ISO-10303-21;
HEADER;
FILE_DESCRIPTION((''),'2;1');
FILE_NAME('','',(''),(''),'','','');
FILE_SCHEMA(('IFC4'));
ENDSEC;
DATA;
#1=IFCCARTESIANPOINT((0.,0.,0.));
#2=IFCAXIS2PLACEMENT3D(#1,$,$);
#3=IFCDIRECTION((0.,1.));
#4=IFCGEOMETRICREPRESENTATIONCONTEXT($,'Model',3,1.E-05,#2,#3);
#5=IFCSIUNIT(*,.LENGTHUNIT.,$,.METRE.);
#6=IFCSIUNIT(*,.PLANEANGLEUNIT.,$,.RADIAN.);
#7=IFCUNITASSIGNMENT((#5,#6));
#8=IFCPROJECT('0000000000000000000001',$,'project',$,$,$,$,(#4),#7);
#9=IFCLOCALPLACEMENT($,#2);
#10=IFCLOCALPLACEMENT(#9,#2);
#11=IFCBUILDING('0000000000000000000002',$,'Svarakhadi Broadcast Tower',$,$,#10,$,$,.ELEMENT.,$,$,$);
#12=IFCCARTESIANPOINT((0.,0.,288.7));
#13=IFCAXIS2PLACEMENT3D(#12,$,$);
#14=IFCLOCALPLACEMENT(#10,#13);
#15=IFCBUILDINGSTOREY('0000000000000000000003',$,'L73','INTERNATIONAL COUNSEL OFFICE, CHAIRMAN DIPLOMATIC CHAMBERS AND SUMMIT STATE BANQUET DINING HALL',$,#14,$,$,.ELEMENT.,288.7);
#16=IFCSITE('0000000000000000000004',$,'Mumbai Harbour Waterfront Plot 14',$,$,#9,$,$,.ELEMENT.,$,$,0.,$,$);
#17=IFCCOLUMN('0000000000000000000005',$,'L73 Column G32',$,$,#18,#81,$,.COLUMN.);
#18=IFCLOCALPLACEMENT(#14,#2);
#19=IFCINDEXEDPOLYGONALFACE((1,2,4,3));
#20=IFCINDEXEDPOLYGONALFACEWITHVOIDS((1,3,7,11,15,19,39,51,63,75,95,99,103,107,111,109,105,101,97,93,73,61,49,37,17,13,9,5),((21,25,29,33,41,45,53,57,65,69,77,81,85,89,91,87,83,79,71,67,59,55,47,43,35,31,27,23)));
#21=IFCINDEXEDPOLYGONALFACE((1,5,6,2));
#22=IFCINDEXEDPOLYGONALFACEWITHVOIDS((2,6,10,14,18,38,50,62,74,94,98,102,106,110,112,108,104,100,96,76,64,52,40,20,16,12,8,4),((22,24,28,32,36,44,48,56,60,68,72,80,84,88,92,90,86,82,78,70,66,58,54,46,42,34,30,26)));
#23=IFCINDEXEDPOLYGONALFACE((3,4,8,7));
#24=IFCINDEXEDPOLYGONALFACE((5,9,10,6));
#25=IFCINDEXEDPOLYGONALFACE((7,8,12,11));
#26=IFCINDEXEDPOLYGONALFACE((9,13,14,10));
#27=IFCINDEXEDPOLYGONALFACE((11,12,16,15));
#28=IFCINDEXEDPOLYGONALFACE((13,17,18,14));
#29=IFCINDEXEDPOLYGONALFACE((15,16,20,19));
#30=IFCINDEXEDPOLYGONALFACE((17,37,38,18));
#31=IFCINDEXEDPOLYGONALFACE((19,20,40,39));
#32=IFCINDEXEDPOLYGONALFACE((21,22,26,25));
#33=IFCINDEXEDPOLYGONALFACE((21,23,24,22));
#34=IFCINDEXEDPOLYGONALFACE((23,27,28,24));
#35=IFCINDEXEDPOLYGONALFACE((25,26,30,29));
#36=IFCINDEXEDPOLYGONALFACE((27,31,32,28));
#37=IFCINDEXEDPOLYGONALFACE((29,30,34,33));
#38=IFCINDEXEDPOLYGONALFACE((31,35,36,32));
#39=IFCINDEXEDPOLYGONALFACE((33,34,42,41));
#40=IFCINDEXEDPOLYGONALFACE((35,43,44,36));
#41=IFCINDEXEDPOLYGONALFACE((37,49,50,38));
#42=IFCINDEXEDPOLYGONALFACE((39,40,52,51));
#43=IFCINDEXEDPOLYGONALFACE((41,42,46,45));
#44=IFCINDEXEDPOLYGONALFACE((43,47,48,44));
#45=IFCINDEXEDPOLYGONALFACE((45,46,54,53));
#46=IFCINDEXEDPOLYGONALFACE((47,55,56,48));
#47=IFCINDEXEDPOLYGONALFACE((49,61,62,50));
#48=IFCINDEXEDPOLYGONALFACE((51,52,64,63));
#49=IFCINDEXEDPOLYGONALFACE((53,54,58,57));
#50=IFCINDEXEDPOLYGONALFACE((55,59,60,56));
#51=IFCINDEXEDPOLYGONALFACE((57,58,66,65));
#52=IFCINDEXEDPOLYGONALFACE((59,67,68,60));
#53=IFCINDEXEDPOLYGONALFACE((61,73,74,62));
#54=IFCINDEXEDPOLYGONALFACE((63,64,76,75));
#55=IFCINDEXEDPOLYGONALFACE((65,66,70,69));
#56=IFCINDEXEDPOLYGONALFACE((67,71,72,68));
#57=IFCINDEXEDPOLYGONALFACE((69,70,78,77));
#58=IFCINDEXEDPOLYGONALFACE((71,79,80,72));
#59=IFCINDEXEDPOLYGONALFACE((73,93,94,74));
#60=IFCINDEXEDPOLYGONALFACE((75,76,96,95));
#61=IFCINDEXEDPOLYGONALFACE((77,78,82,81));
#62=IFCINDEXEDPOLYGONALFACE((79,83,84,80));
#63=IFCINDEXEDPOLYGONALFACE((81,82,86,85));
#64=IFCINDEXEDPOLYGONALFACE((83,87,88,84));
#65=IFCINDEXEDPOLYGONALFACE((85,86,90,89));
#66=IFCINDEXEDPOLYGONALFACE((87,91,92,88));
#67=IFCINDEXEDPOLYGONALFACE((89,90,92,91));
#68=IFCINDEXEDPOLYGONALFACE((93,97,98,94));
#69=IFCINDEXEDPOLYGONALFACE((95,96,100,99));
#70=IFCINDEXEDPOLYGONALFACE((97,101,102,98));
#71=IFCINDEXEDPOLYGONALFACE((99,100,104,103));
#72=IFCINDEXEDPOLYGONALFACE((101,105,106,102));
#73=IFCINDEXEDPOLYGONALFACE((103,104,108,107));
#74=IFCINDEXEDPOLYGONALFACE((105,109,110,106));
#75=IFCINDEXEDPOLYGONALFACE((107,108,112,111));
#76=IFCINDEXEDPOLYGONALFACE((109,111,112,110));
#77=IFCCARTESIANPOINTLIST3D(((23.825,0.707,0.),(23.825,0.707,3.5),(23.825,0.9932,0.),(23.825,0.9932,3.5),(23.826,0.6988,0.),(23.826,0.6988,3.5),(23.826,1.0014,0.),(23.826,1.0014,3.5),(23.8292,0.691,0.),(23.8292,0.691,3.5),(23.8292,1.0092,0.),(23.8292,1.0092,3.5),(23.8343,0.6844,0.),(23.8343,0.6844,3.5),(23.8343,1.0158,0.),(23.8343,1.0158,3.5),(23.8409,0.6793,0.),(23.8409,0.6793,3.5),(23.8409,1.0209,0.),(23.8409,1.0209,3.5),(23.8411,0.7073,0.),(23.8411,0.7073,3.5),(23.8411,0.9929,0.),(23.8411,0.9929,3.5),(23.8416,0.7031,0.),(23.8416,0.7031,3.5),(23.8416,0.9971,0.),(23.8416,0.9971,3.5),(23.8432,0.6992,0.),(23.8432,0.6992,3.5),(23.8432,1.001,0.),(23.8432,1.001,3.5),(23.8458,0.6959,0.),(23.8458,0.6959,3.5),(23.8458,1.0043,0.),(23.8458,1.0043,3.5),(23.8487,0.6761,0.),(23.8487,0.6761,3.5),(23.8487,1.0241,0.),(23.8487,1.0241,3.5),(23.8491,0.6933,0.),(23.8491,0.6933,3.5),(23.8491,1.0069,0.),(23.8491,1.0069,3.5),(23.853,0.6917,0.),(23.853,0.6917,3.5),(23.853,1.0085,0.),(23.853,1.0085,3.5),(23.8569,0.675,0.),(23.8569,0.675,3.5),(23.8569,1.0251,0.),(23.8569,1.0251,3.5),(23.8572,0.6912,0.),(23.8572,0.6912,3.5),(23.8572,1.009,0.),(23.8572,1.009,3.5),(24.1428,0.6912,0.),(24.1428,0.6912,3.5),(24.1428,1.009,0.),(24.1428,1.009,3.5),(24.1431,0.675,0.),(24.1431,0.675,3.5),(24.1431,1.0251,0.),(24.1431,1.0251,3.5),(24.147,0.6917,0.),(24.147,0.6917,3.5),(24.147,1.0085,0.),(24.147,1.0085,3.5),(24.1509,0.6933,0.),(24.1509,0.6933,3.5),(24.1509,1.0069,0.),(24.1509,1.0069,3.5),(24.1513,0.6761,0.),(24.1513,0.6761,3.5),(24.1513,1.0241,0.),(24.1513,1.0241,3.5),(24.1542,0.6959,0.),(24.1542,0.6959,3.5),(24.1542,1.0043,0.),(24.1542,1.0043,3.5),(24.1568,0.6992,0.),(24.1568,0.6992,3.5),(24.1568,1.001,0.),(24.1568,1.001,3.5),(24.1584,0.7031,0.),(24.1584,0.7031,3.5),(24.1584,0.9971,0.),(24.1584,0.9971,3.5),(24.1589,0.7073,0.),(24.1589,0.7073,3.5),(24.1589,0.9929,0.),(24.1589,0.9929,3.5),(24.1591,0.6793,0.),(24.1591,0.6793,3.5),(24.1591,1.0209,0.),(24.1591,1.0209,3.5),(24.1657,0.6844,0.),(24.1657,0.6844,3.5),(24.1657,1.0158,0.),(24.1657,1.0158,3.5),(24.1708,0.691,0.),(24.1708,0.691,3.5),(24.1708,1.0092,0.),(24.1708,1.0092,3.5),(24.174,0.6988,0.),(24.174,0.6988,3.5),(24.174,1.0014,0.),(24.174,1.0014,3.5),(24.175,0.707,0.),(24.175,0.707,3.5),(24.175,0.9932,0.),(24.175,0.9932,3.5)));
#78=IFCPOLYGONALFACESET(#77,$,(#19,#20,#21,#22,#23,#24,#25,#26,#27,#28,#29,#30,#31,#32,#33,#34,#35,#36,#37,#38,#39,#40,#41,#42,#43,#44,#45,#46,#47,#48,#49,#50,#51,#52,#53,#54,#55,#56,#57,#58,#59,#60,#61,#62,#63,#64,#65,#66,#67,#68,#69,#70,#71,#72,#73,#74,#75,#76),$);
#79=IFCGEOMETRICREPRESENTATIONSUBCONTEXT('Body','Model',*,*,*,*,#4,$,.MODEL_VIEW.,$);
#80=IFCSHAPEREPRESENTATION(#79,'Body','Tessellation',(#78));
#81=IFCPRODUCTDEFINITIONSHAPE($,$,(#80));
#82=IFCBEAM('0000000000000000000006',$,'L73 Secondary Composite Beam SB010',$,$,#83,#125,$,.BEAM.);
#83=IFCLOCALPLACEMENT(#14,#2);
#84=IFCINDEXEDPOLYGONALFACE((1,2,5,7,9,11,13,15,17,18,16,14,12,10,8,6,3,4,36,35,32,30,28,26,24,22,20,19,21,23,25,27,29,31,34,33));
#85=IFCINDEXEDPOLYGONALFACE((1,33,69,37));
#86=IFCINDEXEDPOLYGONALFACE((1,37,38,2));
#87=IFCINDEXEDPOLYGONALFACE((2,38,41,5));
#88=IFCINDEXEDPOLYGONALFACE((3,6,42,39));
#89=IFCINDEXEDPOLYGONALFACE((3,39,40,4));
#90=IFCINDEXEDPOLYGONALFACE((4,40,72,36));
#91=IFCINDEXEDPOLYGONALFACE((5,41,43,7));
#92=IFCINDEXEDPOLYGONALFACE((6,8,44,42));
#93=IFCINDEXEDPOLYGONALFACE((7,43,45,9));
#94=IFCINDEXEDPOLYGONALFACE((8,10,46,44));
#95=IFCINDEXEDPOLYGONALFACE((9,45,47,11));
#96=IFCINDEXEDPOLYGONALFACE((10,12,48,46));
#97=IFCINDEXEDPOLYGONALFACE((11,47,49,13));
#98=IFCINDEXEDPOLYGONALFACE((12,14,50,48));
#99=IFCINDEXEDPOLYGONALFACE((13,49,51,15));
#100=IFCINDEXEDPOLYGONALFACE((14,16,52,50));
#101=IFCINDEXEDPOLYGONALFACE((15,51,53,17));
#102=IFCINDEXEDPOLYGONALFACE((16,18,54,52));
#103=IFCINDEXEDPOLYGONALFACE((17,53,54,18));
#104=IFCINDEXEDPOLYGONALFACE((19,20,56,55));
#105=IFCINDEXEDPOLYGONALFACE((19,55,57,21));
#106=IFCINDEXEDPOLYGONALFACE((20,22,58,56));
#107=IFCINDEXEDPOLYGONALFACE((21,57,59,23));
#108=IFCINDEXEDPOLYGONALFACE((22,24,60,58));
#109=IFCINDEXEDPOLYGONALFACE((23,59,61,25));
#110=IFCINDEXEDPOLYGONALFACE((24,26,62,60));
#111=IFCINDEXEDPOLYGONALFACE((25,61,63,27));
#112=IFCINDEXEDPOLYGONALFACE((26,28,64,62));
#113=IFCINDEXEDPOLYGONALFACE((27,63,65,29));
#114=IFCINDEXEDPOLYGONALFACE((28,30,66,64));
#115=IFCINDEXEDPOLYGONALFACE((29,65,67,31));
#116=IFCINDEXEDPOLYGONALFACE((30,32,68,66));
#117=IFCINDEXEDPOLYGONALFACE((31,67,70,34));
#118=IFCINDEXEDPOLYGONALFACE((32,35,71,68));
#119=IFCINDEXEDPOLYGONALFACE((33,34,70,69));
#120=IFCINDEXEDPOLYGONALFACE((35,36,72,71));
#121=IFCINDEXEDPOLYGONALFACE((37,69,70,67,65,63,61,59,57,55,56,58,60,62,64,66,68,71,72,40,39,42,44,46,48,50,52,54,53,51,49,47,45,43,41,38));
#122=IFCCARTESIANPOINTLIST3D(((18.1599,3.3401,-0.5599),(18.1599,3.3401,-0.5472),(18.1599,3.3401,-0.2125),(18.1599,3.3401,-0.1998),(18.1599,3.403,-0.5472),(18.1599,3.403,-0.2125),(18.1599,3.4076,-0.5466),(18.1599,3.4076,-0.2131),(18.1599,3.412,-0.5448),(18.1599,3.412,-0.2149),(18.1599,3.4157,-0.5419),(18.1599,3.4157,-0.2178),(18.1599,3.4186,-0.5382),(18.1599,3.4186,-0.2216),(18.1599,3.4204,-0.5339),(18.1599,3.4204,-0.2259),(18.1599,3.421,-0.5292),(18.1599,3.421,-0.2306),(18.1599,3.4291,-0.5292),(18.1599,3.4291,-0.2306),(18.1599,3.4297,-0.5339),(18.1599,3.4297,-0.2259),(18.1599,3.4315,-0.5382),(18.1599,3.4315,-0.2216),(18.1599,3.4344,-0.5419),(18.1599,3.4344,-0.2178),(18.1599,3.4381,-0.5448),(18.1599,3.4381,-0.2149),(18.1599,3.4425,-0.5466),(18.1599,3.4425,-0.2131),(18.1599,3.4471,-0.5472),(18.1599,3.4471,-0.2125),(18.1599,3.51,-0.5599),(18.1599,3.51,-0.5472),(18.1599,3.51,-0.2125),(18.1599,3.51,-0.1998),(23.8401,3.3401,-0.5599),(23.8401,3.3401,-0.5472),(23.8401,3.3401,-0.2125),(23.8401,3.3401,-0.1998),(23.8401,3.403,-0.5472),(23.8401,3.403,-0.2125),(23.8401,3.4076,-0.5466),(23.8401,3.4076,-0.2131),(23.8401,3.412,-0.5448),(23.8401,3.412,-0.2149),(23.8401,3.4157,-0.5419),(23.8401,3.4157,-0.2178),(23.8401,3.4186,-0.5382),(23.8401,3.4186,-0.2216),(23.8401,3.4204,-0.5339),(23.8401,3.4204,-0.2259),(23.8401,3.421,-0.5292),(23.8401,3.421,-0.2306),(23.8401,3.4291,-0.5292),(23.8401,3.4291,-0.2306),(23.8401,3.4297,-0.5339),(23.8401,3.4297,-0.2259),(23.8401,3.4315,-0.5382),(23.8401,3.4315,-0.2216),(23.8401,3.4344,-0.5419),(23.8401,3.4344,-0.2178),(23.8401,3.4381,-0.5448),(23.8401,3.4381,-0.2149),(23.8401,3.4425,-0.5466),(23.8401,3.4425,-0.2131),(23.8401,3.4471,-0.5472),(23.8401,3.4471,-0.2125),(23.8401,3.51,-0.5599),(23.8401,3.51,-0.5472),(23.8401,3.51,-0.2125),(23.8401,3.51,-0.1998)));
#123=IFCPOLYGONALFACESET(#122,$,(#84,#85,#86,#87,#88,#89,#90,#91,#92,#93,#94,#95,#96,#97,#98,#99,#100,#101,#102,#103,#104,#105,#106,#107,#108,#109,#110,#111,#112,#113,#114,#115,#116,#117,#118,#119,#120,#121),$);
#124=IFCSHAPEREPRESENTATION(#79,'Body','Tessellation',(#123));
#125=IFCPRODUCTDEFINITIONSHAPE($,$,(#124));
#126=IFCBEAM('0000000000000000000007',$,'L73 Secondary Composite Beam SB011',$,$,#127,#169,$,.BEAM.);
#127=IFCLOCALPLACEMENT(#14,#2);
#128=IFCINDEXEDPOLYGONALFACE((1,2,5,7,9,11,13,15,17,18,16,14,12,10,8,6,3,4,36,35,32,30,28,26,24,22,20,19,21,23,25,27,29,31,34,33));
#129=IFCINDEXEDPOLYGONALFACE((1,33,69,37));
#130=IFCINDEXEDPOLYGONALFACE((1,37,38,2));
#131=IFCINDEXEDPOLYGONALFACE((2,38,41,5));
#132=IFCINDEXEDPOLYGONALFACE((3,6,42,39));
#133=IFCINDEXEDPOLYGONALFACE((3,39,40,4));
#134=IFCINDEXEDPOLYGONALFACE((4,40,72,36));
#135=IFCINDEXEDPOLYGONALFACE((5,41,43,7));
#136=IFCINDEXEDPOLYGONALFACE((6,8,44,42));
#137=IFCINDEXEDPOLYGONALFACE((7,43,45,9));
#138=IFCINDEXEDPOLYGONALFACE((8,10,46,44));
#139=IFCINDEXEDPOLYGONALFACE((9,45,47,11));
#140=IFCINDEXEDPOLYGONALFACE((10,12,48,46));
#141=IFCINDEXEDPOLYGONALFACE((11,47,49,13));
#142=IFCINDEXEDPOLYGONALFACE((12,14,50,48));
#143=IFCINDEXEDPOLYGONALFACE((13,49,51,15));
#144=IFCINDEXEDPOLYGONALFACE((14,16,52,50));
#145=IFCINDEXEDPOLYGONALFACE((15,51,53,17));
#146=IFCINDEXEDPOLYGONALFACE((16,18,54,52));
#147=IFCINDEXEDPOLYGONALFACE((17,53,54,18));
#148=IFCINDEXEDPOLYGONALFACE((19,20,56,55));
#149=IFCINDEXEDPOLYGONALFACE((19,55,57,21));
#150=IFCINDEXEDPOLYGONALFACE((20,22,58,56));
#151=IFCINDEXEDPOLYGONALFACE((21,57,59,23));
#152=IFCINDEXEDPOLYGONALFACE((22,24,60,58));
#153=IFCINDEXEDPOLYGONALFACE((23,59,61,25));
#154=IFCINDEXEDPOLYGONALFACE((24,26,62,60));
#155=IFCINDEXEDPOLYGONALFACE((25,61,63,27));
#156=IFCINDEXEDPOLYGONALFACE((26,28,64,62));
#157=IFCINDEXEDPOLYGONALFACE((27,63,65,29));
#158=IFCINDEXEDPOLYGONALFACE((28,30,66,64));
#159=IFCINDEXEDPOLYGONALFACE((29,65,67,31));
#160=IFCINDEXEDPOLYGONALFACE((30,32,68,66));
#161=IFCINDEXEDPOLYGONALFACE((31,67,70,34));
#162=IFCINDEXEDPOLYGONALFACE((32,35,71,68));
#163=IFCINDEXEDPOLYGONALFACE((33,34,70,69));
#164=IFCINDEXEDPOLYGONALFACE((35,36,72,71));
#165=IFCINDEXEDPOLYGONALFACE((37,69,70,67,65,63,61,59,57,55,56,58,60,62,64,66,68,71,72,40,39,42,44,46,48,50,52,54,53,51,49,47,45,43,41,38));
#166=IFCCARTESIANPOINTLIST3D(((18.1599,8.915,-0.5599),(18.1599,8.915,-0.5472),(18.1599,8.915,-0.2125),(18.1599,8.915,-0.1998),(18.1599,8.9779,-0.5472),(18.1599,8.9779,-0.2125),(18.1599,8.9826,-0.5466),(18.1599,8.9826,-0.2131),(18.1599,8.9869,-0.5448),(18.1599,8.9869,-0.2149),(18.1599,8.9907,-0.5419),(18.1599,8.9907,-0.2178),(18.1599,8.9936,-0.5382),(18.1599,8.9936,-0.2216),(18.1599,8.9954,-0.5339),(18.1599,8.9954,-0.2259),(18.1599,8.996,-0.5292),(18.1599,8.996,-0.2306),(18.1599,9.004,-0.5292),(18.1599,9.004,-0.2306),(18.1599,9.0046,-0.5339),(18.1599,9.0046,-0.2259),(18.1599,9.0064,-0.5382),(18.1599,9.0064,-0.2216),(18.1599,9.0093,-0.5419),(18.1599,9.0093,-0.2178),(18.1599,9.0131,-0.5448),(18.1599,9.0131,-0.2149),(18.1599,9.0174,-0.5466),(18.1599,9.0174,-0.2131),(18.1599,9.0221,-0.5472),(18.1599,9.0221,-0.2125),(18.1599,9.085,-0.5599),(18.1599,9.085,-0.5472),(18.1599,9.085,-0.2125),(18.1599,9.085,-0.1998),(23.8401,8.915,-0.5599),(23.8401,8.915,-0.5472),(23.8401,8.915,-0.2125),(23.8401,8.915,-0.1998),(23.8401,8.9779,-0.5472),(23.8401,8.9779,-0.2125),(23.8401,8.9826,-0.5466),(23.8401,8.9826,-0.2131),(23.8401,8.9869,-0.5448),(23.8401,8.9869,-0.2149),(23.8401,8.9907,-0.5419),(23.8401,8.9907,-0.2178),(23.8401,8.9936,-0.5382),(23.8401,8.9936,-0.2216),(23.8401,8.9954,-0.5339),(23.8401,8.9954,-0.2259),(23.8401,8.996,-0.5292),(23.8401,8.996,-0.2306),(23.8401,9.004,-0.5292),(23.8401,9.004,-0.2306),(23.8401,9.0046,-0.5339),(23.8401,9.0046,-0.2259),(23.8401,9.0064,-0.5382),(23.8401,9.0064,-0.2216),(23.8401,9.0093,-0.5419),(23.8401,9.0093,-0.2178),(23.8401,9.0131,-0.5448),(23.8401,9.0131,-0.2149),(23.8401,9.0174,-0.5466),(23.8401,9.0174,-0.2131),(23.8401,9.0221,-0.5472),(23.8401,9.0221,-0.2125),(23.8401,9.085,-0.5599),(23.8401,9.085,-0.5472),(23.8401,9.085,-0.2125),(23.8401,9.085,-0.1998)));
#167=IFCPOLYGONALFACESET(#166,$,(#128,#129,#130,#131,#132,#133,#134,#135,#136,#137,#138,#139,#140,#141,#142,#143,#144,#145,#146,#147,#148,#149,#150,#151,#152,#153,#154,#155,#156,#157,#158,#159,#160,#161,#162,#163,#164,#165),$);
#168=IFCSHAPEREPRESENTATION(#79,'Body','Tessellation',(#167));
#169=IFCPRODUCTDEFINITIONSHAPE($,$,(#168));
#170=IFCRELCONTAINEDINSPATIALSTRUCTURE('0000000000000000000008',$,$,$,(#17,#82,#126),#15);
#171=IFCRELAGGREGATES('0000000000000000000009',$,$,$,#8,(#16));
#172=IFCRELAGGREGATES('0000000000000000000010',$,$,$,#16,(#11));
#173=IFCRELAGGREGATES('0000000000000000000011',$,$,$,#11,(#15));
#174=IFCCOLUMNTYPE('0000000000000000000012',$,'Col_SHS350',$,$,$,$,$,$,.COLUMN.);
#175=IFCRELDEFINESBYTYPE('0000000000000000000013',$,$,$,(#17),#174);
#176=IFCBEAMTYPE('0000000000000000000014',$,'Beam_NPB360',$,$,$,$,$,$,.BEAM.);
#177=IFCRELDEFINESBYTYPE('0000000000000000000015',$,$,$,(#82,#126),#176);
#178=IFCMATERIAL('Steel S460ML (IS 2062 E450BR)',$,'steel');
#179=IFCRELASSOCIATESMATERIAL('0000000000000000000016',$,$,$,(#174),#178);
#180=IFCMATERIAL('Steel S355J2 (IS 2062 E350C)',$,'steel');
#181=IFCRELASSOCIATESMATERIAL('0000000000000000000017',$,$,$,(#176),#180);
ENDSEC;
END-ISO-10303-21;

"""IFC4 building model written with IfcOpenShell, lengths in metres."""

from ifc_helpers import new_model, si_unit, direction, frame, origin, origin_2d, place, context, subcontext, project, spatial, hollow_rectangle, i_section, extrude, material, material_profile, profile_set, type_object, element, save


model = new_model("IFC4")

# Units and contexts
model_context = context("Model", 3, precision=1e-05, world=origin(), true_north=direction((0.0, 1.0)))
body_context = subcontext(model_context, "Body", "Model", "MODEL_VIEW")
ifc_project = project(units=[si_unit("LENGTHUNIT", "METRE"), si_unit("PLANEANGLEUNIT", "RADIAN")], contexts=[model_context])

# Site, building, storey
site_placement = place(None, origin())
site = spatial("IfcSite", under=ifc_project, at=site_placement, Name="Mumbai Harbour Waterfront Plot 14", CompositionType="ELEMENT", RefElevation=0.0)
building_placement = place(site_placement, origin())
building = spatial("IfcBuilding", under=site, at=building_placement, Name="Svarakhadi Broadcast Tower", CompositionType="ELEMENT")
storey_placement = place(building_placement, frame((0.0, 0.0, 288.7)))
storey = spatial("IfcBuildingStorey", under=building, at=storey_placement, Name="L73", Description="INTERNATIONAL COUNSEL OFFICE, CHAIRMAN DIPLOMATIC CHAMBERS AND SUMMIT STATE BANQUET DINING HALL", CompositionType="ELEMENT", Elevation=288.7)

# Column
ifc_material_1 = material(Name="Steel S460ML (IS 2062 E450BR)", Category="steel")
ifc_material_profile_1 = material_profile(ifc_material_1, hollow_rectangle(XDim=0.3501, YDim=0.3501, WallThickness=0.0161, InnerFilletRadius=0.0161, OuterFilletRadius=0.032, at=origin_2d()), Name="SHS 350x350x16")
ifc_profile_set_1 = profile_set([ifc_material_profile_1], Name="Steel S460ML (IS 2062 E450BR)")
column_type_1 = type_object("IfcColumnType", Name="Col_SHS350", PredefinedType="COLUMN", material=ifc_profile_set_1)
for number, where, z_axis, x_axis, name in (
    (1, (24.0, 0.8501, 0.0), (0.0, 0.0, 1.0), (1.0, 0.0, 0.0), "L73 Column G32"),
):
    element("IfcColumn", number, at=place(storey_placement, frame(where, z_axis=z_axis, x_axis=x_axis)), inside=storey, type_object=column_type_1, Name=name, PredefinedType="COLUMN", context=body_context, shape_type="SweptSolid", body=[
        extrude(hollow_rectangle(XDim=0.3501, YDim=0.3501, WallThickness=0.0161, InnerFilletRadius=0.0161, OuterFilletRadius=0.032, at=origin_2d()), origin(), (0.0, 0.0, 1.0), 3.5),
    ])

# Beams
ifc_material_2 = material(Name="Steel S355J2 (IS 2062 E350C)", Category="steel")
ifc_material_profile_2 = material_profile(ifc_material_2, i_section(OverallWidth=0.1699, OverallDepth=0.3601, WebThickness=0.0081, FlangeThickness=0.0127, FilletRadius=0.0181, at=origin_2d()), Name="NPB 360x170x57")
ifc_profile_set_2 = profile_set([ifc_material_profile_2], Name="Steel S355J2 (IS 2062 E350C)")
beam_type_1 = type_object("IfcBeamType", Name="Beam_NPB360", PredefinedType="BEAM", material=ifc_profile_set_2)
for number, where, z_axis, x_axis, name in (
    (2, (18.1599, 3.425, -0.3799), (1.0, 0.0, 0.0), (0.0, 1.0, 0.0), "L73 Secondary Composite Beam SB010"),
    (3, (18.1599, 9.0, -0.3799), (1.0, 0.0, 0.0), (0.0, 1.0, 0.0), "L73 Secondary Composite Beam SB011"),
):
    element("IfcBeam", number, at=place(storey_placement, frame(where, z_axis=z_axis, x_axis=x_axis)), inside=storey, type_object=beam_type_1, Name=name, PredefinedType="BEAM", context=body_context, shape_type="SweptSolid", body=[
        extrude(i_section(OverallWidth=0.1699, OverallDepth=0.3601, WebThickness=0.0081, FlangeThickness=0.0127, FilletRadius=0.0181, at=origin_2d()), origin(), (0.0, 0.0, 1.0), 5.6802),
    ])

save(model, "model.ifc")
